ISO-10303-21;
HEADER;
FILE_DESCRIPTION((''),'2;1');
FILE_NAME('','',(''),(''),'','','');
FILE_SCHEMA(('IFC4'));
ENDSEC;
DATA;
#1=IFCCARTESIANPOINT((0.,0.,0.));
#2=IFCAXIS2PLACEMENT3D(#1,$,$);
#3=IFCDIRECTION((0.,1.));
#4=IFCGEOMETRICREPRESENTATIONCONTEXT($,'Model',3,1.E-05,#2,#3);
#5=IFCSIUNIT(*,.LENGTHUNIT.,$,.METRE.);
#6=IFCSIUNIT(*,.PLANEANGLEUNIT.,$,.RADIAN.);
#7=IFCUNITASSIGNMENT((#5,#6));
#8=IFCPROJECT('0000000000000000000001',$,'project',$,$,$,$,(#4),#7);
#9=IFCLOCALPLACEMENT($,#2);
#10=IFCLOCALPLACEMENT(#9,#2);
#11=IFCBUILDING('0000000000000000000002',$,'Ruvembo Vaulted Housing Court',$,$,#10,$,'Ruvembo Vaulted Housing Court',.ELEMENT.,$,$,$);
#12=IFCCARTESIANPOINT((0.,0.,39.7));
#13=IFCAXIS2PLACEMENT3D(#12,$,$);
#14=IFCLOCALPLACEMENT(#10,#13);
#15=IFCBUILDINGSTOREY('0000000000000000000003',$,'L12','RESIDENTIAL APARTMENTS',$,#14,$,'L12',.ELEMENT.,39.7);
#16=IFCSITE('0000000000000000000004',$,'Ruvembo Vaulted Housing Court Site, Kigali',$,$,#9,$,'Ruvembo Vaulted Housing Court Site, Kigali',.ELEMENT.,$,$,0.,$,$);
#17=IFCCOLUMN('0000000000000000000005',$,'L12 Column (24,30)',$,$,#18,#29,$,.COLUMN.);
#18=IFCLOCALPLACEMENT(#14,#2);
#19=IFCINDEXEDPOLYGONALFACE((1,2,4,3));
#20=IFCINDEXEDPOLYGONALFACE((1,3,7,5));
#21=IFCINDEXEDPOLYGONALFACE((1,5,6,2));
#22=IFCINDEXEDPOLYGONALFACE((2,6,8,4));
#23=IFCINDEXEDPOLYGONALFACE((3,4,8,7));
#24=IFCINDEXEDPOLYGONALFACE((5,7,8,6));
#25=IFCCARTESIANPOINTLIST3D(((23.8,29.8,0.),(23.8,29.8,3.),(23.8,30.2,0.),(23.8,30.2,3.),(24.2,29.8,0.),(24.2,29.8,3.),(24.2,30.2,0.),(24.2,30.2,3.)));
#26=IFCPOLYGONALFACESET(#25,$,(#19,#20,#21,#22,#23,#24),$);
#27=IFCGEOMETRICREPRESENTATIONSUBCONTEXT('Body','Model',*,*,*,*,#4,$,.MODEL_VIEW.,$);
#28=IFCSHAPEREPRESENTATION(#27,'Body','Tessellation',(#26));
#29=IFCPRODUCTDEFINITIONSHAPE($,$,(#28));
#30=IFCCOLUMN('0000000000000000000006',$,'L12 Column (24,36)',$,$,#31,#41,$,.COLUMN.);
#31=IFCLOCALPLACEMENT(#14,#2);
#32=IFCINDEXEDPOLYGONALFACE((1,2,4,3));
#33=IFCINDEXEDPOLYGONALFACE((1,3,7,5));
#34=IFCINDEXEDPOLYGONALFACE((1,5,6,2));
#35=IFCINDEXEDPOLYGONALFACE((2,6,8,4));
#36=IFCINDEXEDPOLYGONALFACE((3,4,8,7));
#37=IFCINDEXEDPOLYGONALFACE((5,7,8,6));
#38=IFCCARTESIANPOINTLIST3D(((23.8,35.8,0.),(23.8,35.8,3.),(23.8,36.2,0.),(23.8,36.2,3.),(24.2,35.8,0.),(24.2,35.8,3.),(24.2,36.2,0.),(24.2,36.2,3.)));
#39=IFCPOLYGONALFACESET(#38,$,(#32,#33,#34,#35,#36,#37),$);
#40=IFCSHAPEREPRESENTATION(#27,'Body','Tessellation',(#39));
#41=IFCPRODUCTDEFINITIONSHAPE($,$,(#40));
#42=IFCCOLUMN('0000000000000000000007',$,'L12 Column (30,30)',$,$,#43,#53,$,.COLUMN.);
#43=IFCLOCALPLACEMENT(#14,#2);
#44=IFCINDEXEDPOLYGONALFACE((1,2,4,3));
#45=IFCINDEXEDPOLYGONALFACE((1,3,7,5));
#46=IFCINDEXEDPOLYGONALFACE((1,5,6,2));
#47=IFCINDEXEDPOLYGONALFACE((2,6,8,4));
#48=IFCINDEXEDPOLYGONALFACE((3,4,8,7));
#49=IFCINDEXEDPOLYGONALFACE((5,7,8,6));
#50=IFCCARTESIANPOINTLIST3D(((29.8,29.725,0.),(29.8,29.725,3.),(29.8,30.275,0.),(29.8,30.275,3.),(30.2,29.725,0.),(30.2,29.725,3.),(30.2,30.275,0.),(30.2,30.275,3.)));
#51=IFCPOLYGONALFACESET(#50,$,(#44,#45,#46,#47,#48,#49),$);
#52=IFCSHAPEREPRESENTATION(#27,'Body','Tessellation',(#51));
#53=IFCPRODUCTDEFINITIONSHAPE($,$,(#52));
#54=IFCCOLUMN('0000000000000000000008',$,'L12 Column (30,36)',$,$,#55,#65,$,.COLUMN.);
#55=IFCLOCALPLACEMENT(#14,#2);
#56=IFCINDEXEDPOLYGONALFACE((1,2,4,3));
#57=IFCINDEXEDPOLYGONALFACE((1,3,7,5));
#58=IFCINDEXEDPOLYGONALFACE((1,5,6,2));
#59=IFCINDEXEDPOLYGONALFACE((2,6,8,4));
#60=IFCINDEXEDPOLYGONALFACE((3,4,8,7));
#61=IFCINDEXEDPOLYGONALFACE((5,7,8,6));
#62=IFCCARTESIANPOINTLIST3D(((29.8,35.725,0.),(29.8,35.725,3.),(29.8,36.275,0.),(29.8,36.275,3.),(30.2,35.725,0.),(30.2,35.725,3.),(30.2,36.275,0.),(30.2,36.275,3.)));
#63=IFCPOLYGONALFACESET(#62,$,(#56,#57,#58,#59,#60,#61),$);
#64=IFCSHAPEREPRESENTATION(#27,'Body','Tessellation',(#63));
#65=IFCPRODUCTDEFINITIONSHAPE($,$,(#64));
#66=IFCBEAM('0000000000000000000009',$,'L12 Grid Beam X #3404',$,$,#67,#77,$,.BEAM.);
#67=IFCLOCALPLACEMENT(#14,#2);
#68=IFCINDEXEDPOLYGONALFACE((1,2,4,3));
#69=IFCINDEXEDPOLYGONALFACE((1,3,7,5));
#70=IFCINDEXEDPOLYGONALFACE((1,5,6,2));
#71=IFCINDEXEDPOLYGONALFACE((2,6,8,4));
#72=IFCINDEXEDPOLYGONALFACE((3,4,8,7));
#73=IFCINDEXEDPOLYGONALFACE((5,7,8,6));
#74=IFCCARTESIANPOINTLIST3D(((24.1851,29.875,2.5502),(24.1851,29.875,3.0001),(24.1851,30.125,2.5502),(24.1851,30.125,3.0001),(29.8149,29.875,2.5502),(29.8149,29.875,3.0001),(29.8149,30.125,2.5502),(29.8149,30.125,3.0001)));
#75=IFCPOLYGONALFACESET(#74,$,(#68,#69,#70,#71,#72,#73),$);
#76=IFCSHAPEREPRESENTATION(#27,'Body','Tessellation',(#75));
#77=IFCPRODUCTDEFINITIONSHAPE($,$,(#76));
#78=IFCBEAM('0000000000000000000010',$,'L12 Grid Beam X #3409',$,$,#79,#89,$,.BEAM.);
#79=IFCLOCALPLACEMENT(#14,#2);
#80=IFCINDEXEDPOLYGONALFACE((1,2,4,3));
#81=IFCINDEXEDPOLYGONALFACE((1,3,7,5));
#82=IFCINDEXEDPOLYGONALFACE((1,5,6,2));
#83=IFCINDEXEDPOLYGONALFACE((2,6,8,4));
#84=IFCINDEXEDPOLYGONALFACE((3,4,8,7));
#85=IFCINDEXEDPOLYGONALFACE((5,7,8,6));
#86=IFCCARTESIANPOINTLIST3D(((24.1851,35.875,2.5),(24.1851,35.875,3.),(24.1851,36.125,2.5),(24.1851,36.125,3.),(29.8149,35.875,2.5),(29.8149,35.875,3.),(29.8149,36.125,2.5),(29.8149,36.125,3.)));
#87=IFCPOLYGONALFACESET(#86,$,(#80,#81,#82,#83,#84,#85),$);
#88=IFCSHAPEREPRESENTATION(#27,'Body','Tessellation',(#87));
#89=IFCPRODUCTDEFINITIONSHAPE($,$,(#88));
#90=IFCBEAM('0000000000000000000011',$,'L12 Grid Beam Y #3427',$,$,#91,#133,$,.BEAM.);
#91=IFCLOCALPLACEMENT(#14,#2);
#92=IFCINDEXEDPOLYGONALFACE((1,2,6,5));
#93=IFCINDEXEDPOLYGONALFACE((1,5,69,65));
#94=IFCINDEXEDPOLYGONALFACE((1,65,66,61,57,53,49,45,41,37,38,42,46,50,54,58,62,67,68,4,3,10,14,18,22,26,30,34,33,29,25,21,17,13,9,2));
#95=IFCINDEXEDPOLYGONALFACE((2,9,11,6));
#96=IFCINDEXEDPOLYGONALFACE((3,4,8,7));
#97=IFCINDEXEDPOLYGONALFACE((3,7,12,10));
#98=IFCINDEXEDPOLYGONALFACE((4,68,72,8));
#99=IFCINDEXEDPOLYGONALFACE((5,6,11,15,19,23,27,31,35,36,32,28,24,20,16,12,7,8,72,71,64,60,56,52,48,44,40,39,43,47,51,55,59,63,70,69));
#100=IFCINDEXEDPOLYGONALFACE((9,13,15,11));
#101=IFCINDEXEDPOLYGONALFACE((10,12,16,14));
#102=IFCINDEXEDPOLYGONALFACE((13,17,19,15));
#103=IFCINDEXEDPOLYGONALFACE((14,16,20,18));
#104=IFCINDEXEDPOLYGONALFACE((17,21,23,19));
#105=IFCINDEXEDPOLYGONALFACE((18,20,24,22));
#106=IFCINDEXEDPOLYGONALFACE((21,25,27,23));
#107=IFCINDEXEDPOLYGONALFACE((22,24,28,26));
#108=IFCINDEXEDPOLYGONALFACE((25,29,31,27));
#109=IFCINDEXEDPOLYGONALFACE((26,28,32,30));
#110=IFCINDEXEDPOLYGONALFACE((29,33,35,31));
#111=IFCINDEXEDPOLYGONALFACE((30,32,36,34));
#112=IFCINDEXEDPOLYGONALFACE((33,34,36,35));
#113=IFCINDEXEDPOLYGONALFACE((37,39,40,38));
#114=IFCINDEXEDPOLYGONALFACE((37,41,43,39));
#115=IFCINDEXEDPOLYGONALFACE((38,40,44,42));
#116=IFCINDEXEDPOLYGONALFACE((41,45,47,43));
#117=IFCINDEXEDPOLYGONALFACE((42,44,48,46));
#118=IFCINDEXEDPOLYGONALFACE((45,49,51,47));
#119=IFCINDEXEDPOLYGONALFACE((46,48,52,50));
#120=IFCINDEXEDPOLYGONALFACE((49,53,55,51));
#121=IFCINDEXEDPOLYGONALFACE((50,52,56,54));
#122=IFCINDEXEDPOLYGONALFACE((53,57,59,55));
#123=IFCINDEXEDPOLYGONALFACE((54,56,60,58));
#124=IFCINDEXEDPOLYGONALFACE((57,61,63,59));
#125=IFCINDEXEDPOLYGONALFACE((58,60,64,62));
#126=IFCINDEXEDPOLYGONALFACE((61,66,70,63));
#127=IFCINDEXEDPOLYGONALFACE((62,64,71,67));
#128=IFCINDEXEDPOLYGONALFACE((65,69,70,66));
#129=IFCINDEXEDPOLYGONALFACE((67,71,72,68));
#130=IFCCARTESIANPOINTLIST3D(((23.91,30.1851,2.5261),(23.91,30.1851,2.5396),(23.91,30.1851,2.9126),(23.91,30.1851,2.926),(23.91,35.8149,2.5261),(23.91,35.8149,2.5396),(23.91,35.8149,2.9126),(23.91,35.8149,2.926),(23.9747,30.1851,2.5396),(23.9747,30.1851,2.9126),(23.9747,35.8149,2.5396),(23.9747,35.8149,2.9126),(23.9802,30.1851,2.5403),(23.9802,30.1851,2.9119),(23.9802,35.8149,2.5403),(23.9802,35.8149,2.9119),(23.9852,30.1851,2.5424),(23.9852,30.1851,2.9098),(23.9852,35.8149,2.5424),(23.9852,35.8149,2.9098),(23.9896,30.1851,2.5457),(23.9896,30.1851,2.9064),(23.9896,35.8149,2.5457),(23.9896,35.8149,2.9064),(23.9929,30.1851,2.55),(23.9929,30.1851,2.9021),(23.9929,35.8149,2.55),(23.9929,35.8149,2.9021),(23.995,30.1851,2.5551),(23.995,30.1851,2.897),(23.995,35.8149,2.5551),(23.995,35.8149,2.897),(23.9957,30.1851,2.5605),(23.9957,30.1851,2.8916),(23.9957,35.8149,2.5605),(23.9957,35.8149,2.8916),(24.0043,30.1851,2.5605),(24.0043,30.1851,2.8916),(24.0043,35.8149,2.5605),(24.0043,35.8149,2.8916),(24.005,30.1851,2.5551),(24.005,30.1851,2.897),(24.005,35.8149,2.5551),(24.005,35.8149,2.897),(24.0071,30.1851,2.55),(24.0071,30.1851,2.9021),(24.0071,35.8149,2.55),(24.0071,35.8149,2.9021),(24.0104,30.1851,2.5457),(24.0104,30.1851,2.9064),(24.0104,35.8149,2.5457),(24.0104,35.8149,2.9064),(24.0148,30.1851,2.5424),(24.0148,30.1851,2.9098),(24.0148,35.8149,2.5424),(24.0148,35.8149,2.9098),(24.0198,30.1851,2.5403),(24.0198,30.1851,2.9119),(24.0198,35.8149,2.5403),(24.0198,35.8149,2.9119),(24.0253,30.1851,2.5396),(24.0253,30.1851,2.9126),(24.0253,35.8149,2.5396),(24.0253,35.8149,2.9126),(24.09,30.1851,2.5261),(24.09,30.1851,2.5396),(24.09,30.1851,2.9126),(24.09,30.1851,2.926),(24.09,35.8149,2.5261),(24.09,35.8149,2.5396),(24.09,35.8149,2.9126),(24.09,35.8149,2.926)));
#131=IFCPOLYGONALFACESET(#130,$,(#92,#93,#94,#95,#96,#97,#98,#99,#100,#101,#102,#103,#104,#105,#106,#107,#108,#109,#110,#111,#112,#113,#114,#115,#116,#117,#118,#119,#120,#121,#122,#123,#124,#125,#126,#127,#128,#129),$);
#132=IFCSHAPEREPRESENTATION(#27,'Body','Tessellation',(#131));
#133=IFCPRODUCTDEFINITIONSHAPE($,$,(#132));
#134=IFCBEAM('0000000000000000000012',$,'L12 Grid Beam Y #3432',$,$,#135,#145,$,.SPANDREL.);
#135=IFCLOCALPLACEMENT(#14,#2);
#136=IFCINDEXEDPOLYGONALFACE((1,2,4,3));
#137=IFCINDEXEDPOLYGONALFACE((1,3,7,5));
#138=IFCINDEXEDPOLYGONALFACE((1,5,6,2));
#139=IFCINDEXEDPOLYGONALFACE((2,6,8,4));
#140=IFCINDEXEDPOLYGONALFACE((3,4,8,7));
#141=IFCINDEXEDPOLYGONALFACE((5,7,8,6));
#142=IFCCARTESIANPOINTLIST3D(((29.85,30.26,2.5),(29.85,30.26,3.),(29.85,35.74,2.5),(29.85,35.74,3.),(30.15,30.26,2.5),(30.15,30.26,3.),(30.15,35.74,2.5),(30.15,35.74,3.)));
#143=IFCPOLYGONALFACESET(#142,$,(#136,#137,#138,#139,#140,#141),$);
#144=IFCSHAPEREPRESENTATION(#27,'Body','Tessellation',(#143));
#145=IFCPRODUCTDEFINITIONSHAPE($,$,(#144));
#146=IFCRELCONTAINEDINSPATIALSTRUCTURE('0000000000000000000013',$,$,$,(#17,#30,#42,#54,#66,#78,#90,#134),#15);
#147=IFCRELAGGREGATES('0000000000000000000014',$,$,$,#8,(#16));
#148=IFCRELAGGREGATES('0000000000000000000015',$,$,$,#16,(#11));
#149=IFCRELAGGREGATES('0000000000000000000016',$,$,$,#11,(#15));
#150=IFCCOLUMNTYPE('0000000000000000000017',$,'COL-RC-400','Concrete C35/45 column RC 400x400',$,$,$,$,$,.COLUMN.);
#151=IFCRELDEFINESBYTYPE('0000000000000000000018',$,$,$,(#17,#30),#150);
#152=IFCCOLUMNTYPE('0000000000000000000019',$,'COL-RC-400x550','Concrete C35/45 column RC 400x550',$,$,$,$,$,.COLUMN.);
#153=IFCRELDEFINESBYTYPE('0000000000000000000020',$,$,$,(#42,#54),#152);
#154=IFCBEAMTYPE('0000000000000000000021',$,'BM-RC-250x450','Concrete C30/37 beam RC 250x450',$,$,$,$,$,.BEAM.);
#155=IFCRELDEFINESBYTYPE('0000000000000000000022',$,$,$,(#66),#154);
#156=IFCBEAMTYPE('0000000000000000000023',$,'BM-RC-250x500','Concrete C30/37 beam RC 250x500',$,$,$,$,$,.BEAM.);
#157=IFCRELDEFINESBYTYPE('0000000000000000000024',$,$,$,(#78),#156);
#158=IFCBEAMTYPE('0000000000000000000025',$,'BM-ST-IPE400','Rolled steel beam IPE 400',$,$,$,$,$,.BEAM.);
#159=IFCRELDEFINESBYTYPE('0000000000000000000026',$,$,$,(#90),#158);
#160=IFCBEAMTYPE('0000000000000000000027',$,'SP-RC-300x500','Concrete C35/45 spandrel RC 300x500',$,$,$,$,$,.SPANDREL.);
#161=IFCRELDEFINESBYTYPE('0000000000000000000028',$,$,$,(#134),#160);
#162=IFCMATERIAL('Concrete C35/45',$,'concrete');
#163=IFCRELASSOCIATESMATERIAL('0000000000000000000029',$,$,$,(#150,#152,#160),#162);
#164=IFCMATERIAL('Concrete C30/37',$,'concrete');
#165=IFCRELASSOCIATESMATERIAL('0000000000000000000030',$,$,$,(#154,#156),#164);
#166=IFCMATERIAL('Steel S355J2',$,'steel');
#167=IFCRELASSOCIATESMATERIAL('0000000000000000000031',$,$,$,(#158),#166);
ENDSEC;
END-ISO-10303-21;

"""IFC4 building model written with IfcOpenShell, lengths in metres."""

from ifc_helpers import new_model, si_unit, direction, frame, origin, origin_2d, place, context, subcontext, project, spatial, rectangle, i_section, extrude, material, material_profile, profile_set, type_object, element, save


model = new_model("IFC4")

# Units and contexts
model_context = context("Model", 3, precision=1e-05, world=origin(), true_north=direction((0.0, 1.0)))
body_context = subcontext(model_context, "Body", "Model", "MODEL_VIEW")
ifc_project = project(units=[si_unit("LENGTHUNIT", "METRE"), si_unit("PLANEANGLEUNIT", "RADIAN")], contexts=[model_context])

# Site, building, storey
site_placement = place(None, origin())
site = spatial("IfcSite", under=ifc_project, at=site_placement, Name="Ruvembo Vaulted Housing Court Site, Kigali", LongName="Ruvembo Vaulted Housing Court Site, Kigali", CompositionType="ELEMENT", RefElevation=0.0)
building_placement = place(site_placement, origin())
building = spatial("IfcBuilding", under=site, at=building_placement, Name="Ruvembo Vaulted Housing Court", LongName="Ruvembo Vaulted Housing Court", CompositionType="ELEMENT")
storey_placement = place(building_placement, frame((0.0, 0.0, 39.7)))
storey = spatial("IfcBuildingStorey", under=building, at=storey_placement, Name="L12", Description="RESIDENTIAL APARTMENTS", LongName="L12", CompositionType="ELEMENT", Elevation=39.7)

# Columns
ifc_material_1 = material(Name="Concrete C35/45", Category="concrete")
ifc_material_profile_1 = material_profile(ifc_material_1, rectangle(XDim=0.3999, YDim=0.3999, at=origin_2d()), Name="RC 400x400")
ifc_profile_set_1 = profile_set([ifc_material_profile_1], Name="Concrete C35/45")
column_type_1 = type_object("IfcColumnType", Name="COL-RC-400", Description="Concrete C35/45 column RC 400x400", PredefinedType="COLUMN", material=ifc_profile_set_1)
for number, where, z_axis, x_axis, name in (
    (1, (24.0, 30.0, 0.0), (0.0, 0.0, 1.0), (1.0, 0.0, 0.0), "L12 Column (24,30)"),
    (2, (24.0, 36.0, 0.0), (0.0, 0.0, 1.0), (1.0, 0.0, 0.0), "L12 Column (24,36)"),
):
    element("IfcColumn", number, at=place(storey_placement, frame(where, z_axis=z_axis, x_axis=x_axis)), inside=storey, type_object=column_type_1, Name=name, PredefinedType="COLUMN", context=body_context, shape_type="SweptSolid", body=[
        extrude(rectangle(XDim=0.3999, YDim=0.3999, at=origin_2d()), origin(), (0.0, 0.0, 1.0), 3.0),
    ])
ifc_material_profile_2 = material_profile(ifc_material_1, rectangle(XDim=0.3999, YDim=0.55, at=origin_2d()), Name="RC 400x550")
ifc_profile_set_2 = profile_set([ifc_material_profile_2], Name="Concrete C35/45")
column_type_2 = type_object("IfcColumnType", Name="COL-RC-400x550", Description="Concrete C35/45 column RC 400x550", PredefinedType="COLUMN", material=ifc_profile_set_2)
for number, where, z_axis, x_axis, name in (
    (3, (30.0, 30.0, 0.0), (0.0, 0.0, 1.0), (1.0, 0.0, 0.0), "L12 Column (30,30)"),
    (4, (30.0, 36.0, 0.0), (0.0, 0.0, 1.0), (1.0, 0.0, 0.0), "L12 Column (30,36)"),
):
    element("IfcColumn", number, at=place(storey_placement, frame(where, z_axis=z_axis, x_axis=x_axis)), inside=storey, type_object=column_type_2, Name=name, PredefinedType="COLUMN", context=body_context, shape_type="SweptSolid", body=[
        extrude(rectangle(XDim=0.3999, YDim=0.55, at=origin_2d()), origin(), (0.0, 0.0, 1.0), 3.0),
    ])

# Beams
ifc_material_2 = material(Name="Concrete C30/37", Category="concrete")
ifc_material_profile_3 = material_profile(ifc_material_2, rectangle(XDim=0.25, YDim=0.45, at=origin_2d()), Name="RC 250x450")
ifc_profile_set_3 = profile_set([ifc_material_profile_3], Name="Concrete C30/37")
beam_type_1 = type_object("IfcBeamType", Name="BM-RC-250x450", Description="Concrete C30/37 beam RC 250x450", PredefinedType="BEAM", material=ifc_profile_set_3)
beam_1_placement = place(storey_placement, frame((24.1851, 30.0, 2.7751), z_axis=(1.0, 0.0, 0.0), x_axis=(0.0, 1.0, 0.0)))
element("IfcBeam", 5, at=beam_1_placement, inside=storey, type_object=beam_type_1, Name="L12 Grid Beam X #3404", PredefinedType="BEAM", context=body_context, shape_type="SweptSolid", body=[
    extrude(rectangle(XDim=0.25, YDim=0.45, at=origin_2d()), origin(), (0.0, 0.0, 1.0), 5.6299),
])
ifc_material_profile_4 = material_profile(ifc_material_2, rectangle(XDim=0.25, YDim=0.5, at=origin_2d()), Name="RC 250x500")
ifc_profile_set_4 = profile_set([ifc_material_profile_4], Name="Concrete C30/37")
beam_type_2 = type_object("IfcBeamType", Name="BM-RC-250x500", Description="Concrete C30/37 beam RC 250x500", PredefinedType="BEAM", material=ifc_profile_set_4)
beam_2_placement = place(storey_placement, frame((24.1851, 36.0, 2.75), z_axis=(1.0, 0.0, 0.0), x_axis=(0.0, 1.0, 0.0)))
element("IfcBeam", 6, at=beam_2_placement, inside=storey, type_object=beam_type_2, Name="L12 Grid Beam X #3409", PredefinedType="BEAM", context=body_context, shape_type="SweptSolid", body=[
    extrude(rectangle(XDim=0.25, YDim=0.5, at=origin_2d()), origin(), (0.0, 0.0, 1.0), 5.6299),
])
ifc_material_3 = material(Name="Steel S355J2", Category="steel")
ifc_material_profile_5 = material_profile(ifc_material_3, i_section(OverallWidth=0.1799, OverallDepth=0.3999, WebThickness=0.0085, FlangeThickness=0.0134, FilletRadius=0.021, at=origin_2d()), Name="IPE 400")
ifc_profile_set_5 = profile_set([ifc_material_profile_5], Name="Steel S355J2")
beam_type_3 = type_object("IfcBeamType", Name="BM-ST-IPE400", Description="Rolled steel beam IPE 400", PredefinedType="BEAM", material=ifc_profile_set_5)
beam_3_placement = place(storey_placement, frame((24.0, 30.1851, 2.7261), z_axis=(0.0, 1.0, 0.0), x_axis=(-1.0, 0.0, 0.0)))
element("IfcBeam", 7, at=beam_3_placement, inside=storey, type_object=beam_type_3, Name="L12 Grid Beam Y #3427", PredefinedType="BEAM", context=body_context, shape_type="SweptSolid", body=[
    extrude(i_section(OverallWidth=0.1799, OverallDepth=0.3999, WebThickness=0.0085, FlangeThickness=0.0134, FilletRadius=0.021, at=origin_2d()), origin(), (0.0, 0.0, 1.0), 5.6299),
])
ifc_material_profile_6 = material_profile(ifc_material_1, rectangle(XDim=0.3, YDim=0.5, at=origin_2d()), Name="RC 300x500")
ifc_profile_set_6 = profile_set([ifc_material_profile_6], Name="Concrete C35/45")
beam_type_4 = type_object("IfcBeamType", Name="SP-RC-300x500", Description="Concrete C35/45 spandrel RC 300x500", PredefinedType="SPANDREL", material=ifc_profile_set_6)
beam_4_placement = place(storey_placement, frame((30.0, 30.26, 2.75), z_axis=(0.0, 1.0, 0.0), x_axis=(-1.0, 0.0, 0.0)))
element("IfcBeam", 8, at=beam_4_placement, inside=storey, type_object=beam_type_4, Name="L12 Grid Beam Y #3432", PredefinedType="SPANDREL", context=body_context, shape_type="SweptSolid", body=[
    extrude(rectangle(XDim=0.3, YDim=0.5, at=origin_2d()), origin(), (0.0, 0.0, 1.0), 5.48),
])

save(model, "model.ifc")
